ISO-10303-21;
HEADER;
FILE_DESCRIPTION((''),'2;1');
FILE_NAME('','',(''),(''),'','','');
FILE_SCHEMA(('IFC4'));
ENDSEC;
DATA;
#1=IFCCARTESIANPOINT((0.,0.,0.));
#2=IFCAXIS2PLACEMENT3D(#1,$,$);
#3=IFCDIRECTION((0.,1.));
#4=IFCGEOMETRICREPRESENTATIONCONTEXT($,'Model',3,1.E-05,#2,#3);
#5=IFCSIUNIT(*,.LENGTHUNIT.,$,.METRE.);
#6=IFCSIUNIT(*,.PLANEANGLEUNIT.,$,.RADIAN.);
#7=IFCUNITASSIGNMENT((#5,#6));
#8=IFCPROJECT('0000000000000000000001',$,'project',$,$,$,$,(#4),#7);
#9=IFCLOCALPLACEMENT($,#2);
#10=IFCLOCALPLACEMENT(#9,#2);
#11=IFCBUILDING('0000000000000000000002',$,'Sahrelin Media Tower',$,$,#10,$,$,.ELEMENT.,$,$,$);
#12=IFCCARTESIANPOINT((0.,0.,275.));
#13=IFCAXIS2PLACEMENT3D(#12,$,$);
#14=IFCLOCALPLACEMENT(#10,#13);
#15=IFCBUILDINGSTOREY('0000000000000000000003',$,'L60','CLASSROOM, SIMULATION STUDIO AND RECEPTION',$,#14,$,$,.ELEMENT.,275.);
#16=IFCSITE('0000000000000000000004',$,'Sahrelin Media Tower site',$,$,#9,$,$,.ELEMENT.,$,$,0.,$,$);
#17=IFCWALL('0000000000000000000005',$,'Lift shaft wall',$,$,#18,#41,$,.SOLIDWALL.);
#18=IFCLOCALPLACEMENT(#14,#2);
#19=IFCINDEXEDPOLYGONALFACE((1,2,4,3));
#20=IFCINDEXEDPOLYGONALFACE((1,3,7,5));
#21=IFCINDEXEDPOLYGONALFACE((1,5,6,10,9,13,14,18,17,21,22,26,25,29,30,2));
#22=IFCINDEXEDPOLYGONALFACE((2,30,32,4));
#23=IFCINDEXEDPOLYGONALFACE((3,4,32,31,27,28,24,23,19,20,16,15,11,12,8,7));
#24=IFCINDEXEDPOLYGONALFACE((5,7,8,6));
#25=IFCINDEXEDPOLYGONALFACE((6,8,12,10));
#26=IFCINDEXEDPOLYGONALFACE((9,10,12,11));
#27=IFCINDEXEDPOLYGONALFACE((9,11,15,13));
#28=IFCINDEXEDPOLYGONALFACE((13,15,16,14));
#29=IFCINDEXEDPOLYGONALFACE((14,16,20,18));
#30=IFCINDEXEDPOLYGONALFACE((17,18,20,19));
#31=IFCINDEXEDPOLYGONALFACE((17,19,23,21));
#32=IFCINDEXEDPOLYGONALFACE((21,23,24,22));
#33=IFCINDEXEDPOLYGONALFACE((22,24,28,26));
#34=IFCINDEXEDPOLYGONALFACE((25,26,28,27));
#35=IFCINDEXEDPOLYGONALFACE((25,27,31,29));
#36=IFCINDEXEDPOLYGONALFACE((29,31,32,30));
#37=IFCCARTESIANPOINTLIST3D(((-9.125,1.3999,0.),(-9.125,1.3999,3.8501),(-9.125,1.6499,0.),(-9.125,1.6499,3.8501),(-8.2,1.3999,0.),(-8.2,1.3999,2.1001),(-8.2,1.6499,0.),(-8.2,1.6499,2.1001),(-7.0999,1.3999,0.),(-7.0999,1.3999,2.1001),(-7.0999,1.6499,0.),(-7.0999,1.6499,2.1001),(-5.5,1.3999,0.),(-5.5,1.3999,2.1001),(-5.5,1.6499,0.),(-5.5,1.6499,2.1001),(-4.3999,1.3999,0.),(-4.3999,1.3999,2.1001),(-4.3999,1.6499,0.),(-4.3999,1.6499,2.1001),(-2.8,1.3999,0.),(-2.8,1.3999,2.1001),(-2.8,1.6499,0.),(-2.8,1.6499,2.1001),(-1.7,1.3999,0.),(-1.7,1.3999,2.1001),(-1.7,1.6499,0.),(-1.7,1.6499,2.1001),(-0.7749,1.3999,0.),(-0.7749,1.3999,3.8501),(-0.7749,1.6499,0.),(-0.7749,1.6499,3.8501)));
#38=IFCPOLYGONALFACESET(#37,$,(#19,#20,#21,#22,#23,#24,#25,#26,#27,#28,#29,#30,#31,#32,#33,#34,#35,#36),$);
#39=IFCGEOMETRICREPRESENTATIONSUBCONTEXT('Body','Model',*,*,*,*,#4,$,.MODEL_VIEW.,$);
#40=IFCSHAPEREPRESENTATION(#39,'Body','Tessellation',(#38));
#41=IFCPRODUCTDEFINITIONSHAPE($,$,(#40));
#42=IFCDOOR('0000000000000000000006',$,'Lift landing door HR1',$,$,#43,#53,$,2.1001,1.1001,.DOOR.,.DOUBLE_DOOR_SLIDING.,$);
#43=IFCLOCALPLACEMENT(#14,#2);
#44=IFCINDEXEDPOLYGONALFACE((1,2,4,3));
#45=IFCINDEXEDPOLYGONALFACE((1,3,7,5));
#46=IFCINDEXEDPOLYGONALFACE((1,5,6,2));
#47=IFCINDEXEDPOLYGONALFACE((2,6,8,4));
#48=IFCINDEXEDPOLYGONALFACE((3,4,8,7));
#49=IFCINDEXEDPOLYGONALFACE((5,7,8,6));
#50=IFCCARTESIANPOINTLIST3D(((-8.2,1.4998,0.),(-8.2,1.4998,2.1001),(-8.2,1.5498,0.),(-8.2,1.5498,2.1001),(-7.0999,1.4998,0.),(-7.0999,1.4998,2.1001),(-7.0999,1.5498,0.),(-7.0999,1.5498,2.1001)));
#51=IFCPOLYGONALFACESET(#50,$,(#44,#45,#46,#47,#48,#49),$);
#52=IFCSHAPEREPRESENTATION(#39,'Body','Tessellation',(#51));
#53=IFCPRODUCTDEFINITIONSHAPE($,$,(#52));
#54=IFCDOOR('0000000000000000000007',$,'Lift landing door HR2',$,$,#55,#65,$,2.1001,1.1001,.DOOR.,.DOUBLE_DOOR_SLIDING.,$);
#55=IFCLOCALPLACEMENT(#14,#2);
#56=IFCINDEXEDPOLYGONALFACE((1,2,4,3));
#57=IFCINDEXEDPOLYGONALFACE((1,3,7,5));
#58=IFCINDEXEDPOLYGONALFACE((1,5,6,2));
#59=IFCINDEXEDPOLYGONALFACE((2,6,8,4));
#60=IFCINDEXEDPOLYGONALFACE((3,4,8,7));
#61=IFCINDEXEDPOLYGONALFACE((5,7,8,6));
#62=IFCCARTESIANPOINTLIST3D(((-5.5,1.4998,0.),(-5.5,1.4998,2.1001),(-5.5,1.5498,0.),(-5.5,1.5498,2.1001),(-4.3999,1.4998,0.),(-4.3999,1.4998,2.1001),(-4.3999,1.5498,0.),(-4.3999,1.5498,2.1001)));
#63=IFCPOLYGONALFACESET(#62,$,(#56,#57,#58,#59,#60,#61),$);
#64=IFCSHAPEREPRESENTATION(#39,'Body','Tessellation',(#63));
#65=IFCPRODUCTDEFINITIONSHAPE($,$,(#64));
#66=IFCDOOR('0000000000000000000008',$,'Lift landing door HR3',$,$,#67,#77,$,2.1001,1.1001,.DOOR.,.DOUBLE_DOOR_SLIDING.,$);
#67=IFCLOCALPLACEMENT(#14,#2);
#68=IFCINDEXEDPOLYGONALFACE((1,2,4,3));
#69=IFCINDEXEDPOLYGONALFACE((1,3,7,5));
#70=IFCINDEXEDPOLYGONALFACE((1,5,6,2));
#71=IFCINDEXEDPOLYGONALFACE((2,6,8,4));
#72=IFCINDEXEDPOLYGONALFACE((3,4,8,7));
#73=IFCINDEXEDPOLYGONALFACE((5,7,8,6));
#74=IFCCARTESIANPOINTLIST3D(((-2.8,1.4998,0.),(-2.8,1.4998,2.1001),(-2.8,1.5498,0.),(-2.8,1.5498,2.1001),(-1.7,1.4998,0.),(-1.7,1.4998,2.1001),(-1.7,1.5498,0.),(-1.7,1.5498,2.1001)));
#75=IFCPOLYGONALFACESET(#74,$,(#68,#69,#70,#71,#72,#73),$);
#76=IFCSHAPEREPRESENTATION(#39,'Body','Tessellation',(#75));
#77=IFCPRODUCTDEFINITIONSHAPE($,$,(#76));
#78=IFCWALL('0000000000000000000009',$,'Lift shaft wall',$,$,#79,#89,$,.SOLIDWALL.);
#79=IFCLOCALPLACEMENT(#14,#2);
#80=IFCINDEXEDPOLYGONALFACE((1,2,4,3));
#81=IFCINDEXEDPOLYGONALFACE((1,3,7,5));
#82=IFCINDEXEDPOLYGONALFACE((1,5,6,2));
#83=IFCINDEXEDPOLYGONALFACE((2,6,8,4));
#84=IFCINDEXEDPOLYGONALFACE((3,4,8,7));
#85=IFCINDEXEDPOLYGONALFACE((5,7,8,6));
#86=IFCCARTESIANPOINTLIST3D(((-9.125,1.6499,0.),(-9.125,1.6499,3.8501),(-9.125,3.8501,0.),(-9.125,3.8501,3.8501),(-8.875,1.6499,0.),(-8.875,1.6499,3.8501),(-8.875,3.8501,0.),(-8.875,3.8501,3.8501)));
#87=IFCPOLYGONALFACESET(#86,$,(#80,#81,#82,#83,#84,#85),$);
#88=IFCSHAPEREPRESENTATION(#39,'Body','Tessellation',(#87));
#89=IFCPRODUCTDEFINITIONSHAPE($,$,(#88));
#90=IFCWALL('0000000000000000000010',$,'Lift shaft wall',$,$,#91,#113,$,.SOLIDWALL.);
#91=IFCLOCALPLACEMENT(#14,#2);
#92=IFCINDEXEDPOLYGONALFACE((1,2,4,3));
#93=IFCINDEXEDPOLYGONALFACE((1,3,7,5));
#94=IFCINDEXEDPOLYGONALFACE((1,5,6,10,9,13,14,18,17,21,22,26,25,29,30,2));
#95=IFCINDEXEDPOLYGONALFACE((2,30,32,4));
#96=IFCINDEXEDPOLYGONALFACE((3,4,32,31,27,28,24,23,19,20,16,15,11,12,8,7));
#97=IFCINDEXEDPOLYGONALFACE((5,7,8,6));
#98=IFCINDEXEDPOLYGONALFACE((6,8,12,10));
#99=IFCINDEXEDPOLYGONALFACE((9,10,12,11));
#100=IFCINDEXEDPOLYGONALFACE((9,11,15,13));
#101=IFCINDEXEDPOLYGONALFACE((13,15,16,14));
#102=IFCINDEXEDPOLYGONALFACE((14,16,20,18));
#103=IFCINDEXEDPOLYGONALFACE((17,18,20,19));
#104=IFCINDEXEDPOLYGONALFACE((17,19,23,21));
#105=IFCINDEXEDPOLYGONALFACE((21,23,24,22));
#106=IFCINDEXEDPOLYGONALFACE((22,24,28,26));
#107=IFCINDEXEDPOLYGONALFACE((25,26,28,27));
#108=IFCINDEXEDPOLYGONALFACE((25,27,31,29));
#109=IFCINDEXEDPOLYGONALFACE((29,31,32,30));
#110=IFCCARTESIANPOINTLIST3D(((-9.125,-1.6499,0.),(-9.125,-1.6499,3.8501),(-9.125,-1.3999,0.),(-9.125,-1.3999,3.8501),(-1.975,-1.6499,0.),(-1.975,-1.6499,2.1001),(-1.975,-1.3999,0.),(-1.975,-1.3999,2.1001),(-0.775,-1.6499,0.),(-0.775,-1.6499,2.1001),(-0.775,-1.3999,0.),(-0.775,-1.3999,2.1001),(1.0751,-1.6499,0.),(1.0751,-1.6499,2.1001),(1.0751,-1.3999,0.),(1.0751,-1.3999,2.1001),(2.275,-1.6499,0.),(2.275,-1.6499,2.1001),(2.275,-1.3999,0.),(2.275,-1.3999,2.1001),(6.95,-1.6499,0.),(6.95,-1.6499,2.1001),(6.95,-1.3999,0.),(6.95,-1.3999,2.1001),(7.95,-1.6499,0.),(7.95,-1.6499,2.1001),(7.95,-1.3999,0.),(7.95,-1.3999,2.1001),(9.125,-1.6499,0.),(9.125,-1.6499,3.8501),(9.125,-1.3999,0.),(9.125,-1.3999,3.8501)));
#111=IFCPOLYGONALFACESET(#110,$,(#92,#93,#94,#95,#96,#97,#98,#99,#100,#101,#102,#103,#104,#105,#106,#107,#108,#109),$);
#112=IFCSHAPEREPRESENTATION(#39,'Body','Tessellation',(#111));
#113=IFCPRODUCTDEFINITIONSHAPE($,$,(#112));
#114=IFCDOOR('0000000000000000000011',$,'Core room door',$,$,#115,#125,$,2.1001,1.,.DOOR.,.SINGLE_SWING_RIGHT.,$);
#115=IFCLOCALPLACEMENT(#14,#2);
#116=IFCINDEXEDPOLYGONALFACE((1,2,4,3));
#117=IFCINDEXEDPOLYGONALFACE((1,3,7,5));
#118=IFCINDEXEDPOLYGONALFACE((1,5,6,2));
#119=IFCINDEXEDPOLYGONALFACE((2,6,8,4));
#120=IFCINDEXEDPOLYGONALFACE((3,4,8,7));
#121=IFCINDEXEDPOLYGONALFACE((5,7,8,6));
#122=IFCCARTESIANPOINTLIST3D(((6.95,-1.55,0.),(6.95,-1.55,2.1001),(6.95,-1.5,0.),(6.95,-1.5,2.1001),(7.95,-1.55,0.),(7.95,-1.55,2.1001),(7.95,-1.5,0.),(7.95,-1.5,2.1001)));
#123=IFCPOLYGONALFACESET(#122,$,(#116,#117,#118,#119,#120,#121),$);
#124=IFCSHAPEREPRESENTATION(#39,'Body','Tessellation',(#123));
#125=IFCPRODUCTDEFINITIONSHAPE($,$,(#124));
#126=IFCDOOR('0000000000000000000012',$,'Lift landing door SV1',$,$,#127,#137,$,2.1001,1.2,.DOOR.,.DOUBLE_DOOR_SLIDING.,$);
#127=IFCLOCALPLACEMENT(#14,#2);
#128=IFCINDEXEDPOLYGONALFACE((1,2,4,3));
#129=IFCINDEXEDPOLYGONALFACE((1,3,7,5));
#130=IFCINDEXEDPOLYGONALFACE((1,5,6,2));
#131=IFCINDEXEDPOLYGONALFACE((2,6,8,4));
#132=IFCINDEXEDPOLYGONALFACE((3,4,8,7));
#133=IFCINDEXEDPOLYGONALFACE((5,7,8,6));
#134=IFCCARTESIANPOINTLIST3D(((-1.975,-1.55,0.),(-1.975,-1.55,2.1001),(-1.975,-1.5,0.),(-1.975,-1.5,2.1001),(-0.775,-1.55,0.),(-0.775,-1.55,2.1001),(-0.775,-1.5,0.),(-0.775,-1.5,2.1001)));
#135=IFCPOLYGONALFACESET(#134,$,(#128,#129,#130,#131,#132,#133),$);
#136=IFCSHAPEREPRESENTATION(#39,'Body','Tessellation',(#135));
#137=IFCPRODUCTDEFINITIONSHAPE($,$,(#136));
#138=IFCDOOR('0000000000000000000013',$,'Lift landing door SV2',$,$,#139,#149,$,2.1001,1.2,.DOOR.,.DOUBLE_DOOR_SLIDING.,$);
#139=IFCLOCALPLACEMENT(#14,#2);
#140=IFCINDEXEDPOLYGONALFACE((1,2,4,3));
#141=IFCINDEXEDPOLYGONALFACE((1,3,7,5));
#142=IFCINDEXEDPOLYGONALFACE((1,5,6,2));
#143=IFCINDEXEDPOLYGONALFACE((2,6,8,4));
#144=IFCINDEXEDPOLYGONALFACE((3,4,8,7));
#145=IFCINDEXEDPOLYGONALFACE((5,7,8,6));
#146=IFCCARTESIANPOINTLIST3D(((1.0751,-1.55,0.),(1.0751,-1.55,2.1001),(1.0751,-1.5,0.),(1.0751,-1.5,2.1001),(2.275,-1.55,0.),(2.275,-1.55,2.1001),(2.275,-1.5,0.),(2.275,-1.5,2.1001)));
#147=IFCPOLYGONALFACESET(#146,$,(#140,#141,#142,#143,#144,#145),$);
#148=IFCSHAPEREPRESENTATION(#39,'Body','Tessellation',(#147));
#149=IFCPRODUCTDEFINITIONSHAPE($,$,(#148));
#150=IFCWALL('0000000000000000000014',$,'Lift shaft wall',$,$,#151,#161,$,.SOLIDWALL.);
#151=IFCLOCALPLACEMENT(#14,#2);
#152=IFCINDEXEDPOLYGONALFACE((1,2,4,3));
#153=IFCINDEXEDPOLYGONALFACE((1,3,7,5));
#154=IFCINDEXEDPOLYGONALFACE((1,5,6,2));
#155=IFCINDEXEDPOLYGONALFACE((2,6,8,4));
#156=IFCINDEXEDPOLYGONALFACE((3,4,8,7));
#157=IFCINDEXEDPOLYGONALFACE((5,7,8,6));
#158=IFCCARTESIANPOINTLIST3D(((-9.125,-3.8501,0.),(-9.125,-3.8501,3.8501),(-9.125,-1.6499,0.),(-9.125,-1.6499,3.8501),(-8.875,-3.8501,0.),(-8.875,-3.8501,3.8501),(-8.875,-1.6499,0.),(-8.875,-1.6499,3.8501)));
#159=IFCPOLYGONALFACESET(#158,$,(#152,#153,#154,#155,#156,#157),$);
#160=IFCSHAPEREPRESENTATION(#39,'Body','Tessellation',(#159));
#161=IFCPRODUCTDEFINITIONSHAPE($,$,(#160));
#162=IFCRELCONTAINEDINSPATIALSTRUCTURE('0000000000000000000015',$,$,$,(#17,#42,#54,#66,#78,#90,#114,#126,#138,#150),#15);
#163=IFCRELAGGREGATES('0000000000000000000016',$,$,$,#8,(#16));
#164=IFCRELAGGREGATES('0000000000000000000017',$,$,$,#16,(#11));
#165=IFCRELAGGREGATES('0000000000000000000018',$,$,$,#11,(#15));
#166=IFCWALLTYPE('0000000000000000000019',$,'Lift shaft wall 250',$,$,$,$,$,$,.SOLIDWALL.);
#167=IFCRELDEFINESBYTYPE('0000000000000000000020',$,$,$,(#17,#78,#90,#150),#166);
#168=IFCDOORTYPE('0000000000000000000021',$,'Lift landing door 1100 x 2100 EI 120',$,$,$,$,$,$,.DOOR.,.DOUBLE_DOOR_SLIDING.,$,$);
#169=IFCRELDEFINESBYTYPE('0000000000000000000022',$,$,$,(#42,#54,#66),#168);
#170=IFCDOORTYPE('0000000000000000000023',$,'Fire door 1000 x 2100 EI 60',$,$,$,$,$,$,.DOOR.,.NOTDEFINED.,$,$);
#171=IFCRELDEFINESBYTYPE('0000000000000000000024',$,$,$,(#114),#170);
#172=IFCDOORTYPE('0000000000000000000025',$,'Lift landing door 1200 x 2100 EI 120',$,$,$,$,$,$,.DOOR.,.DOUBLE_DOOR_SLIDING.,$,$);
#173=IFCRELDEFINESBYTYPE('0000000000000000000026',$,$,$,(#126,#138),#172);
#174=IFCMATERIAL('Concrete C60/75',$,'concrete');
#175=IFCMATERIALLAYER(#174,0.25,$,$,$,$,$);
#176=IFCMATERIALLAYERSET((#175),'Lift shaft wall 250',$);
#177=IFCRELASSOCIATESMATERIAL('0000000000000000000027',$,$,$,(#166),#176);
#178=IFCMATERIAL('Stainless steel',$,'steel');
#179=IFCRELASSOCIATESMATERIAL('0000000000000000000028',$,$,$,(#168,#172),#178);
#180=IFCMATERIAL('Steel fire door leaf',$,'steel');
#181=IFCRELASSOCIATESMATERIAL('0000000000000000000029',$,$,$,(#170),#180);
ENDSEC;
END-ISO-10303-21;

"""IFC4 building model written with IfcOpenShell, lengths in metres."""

from ifc_helpers import new_model, si_unit, direction, frame, frame_2d, origin, place, context, subcontext, project, spatial, rectangle, extrude, material, layer, layer_set, type_object, element, fill, save


model = new_model("IFC4")

# Units and contexts
model_context = context("Model", 3, precision=1e-05, world=origin(), true_north=direction((0.0, 1.0)))
body_context = subcontext(model_context, "Body", "Model", "MODEL_VIEW")
ifc_project = project(units=[si_unit("LENGTHUNIT", "METRE"), si_unit("PLANEANGLEUNIT", "RADIAN")], contexts=[model_context])

# Site, building, storey
site_placement = place(None, origin())
site = spatial("IfcSite", under=ifc_project, at=site_placement, Name="Sahrelin Media Tower site", CompositionType="ELEMENT", RefElevation=0.0)
building_placement = place(site_placement, origin())
building = spatial("IfcBuilding", under=site, at=building_placement, Name="Sahrelin Media Tower", CompositionType="ELEMENT")
storey_placement = place(building_placement, frame((0.0, 0.0, 275.0)))
storey = spatial("IfcBuildingStorey", under=building, at=storey_placement, Name="L60", Description="CLASSROOM, SIMULATION STUDIO AND RECEPTION", CompositionType="ELEMENT", Elevation=275.0)

# Shared definitions
ifc_material_1 = material(Name="Concrete C60/75", Category="concrete")

# Wall, openings, doors
ifc_layer_1 = layer(ifc_material_1, 0.25)
ifc_layer_set_1 = layer_set([ifc_layer_1], Name="Lift shaft wall 250")
wall_type_1 = type_object("IfcWallType", Name="Lift shaft wall 250", PredefinedType="SOLIDWALL", material=ifc_layer_set_1)
wall_1_placement = place(storey_placement, frame((-9.125, 1.5249, 0.0), z_axis=(0.0, 0.0, 1.0), x_axis=(1.0, 0.0, 0.0)))
wall_1 = element("IfcWall", 1, at=wall_1_placement, inside=storey, type_object=wall_type_1, Name="Lift shaft wall", PredefinedType="SOLIDWALL", context=body_context, shape_type="SweptSolid", body=[
    extrude(rectangle(XDim=8.3501, YDim=0.25, at=frame_2d((4.175, 0.0))), origin(), (0.0, 0.0, 1.0), 3.8501),
])
opening_1_placement = place(wall_1_placement, frame((0.925, 0.0, 0.0)))
opening_1 = element("IfcOpeningElement", 2, at=opening_1_placement, cuts=wall_1, PredefinedType="OPENING", context=body_context, shape_type="SweptSolid", body=[
    extrude(rectangle(XDim=1.1001, YDim=2.1001, at=frame_2d((0.55, 1.05))), frame((0.0, 0.125, 0.0), z_axis=(0.0, -1.0, 0.0), x_axis=(1.0, 0.0, 0.0)), (0.0, 0.0, 1.0), 0.25),
])
opening_2_placement = place(wall_1_placement, frame((3.625, 0.0, 0.0)))
opening_2 = element("IfcOpeningElement", 3, at=opening_2_placement, cuts=wall_1, PredefinedType="OPENING", context=body_context, shape_type="SweptSolid", body=[
    extrude(rectangle(XDim=1.1001, YDim=2.1001, at=frame_2d((0.55, 1.05))), frame((0.0, 0.125, 0.0), z_axis=(0.0, -1.0, 0.0), x_axis=(1.0, 0.0, 0.0)), (0.0, 0.0, 1.0), 0.25),
])
opening_3_placement = place(wall_1_placement, frame((6.325, 0.0, 0.0)))
opening_3 = element("IfcOpeningElement", 4, at=opening_3_placement, cuts=wall_1, PredefinedType="OPENING", context=body_context, shape_type="SweptSolid", body=[
    extrude(rectangle(XDim=1.1001, YDim=2.1001, at=frame_2d((0.55, 1.05))), frame((0.0, 0.125, 0.0), z_axis=(0.0, -1.0, 0.0), x_axis=(1.0, 0.0, 0.0)), (0.0, 0.0, 1.0), 0.25),
])
ifc_material_2 = material(Name="Stainless steel", Category="steel")
door_type_1 = type_object("IfcDoorType", Name="Lift landing door 1100 x 2100 EI 120", OperationType="DOUBLE_DOOR_SLIDING", PredefinedType="DOOR", material=ifc_material_2)
door_1_placement = place(opening_1_placement, origin())
door_1 = element("IfcDoor", 5, at=door_1_placement, inside=storey, type_object=door_type_1, Name="Lift landing door HR1", OperationType="DOUBLE_DOOR_SLIDING", OverallHeight=2.1001, OverallWidth=1.1001, PredefinedType="DOOR", context=body_context, shape_type="SweptSolid", body=[
    extrude(rectangle(XDim=1.1001, YDim=2.1001, at=frame_2d((0.55, 1.05))), frame((0.0, 0.0249, 0.0), z_axis=(0.0, -1.0, 0.0), x_axis=(1.0, 0.0, 0.0)), (0.0, 0.0, 1.0), 0.05),
])
fill(opening_1, door_1)
door_2_placement = place(opening_2_placement, origin())
door_2 = element("IfcDoor", 6, at=door_2_placement, inside=storey, type_object=door_type_1, Name="Lift landing door HR2", OperationType="DOUBLE_DOOR_SLIDING", OverallHeight=2.1001, OverallWidth=1.1001, PredefinedType="DOOR", context=body_context, shape_type="SweptSolid", body=[
    extrude(rectangle(XDim=1.1001, YDim=2.1001, at=frame_2d((0.55, 1.05))), frame((0.0, 0.0249, 0.0), z_axis=(0.0, -1.0, 0.0), x_axis=(1.0, 0.0, 0.0)), (0.0, 0.0, 1.0), 0.05),
])
fill(opening_2, door_2)
door_3_placement = place(opening_3_placement, origin())
door_3 = element("IfcDoor", 7, at=door_3_placement, inside=storey, type_object=door_type_1, Name="Lift landing door HR3", OperationType="DOUBLE_DOOR_SLIDING", OverallHeight=2.1001, OverallWidth=1.1001, PredefinedType="DOOR", context=body_context, shape_type="SweptSolid", body=[
    extrude(rectangle(XDim=1.1001, YDim=2.1001, at=frame_2d((0.55, 1.05))), frame((0.0, 0.0249, 0.0), z_axis=(0.0, -1.0, 0.0), x_axis=(1.0, 0.0, 0.0)), (0.0, 0.0, 1.0), 0.05),
])
fill(opening_3, door_3)

# Wall
wall_2_placement = place(storey_placement, frame((-9.0, 1.6499, 0.0), z_axis=(0.0, 0.0, 1.0), x_axis=(0.0, 1.0, 0.0)))
element("IfcWall", 8, at=wall_2_placement, inside=storey, type_object=wall_type_1, Name="Lift shaft wall", PredefinedType="SOLIDWALL", context=body_context, shape_type="SweptSolid", body=[
    extrude(rectangle(XDim=2.2002, YDim=0.25, at=frame_2d((1.1001, 0.0))), origin(), (0.0, 0.0, 1.0), 3.8501),
])

# Wall, openings, doors
wall_3_placement = place(storey_placement, frame((-9.125, -1.5249, 0.0), z_axis=(0.0, 0.0, 1.0), x_axis=(1.0, 0.0, 0.0)))
wall_3 = element("IfcWall", 9, at=wall_3_placement, inside=storey, type_object=wall_type_1, Name="Lift shaft wall", PredefinedType="SOLIDWALL", context=body_context, shape_type="SweptSolid", body=[
    extrude(rectangle(XDim=18.25, YDim=0.25, at=frame_2d((9.125, 0.0))), origin(), (0.0, 0.0, 1.0), 3.8501),
])
opening_4_placement = place(wall_3_placement, frame((7.1499, 0.0, 0.0)))
opening_4 = element("IfcOpeningElement", 10, at=opening_4_placement, cuts=wall_3, PredefinedType="OPENING", context=body_context, shape_type="SweptSolid", body=[
    extrude(rectangle(XDim=1.2, YDim=2.1001, at=frame_2d((0.6001, 1.05))), frame((0.0, 0.125, 0.0), z_axis=(0.0, -1.0, 0.0), x_axis=(1.0, 0.0, 0.0)), (0.0, 0.0, 1.0), 0.25),
])
opening_5_placement = place(wall_3_placement, frame((10.2, 0.0, 0.0)))
opening_5 = element("IfcOpeningElement", 11, at=opening_5_placement, cuts=wall_3, PredefinedType="OPENING", context=body_context, shape_type="SweptSolid", body=[
    extrude(rectangle(XDim=1.2, YDim=2.1001, at=frame_2d((0.6001, 1.05))), frame((0.0, 0.125, 0.0), z_axis=(0.0, -1.0, 0.0), x_axis=(1.0, 0.0, 0.0)), (0.0, 0.0, 1.0), 0.25),
])
opening_6_placement = place(wall_3_placement, frame((16.075, 0.0, 0.0)))
opening_6 = element("IfcOpeningElement", 12, at=opening_6_placement, cuts=wall_3, PredefinedType="OPENING", context=body_context, shape_type="SweptSolid", body=[
    extrude(rectangle(XDim=1.0, YDim=2.1001, at=frame_2d((0.5, 1.05))), frame((0.0, 0.125, 0.0), z_axis=(0.0, -1.0, 0.0), x_axis=(1.0, 0.0, 0.0)), (0.0, 0.0, 1.0), 0.25),
])
ifc_material_3 = material(Name="Steel fire door leaf", Category="steel")
door_type_2 = type_object("IfcDoorType", Name="Fire door 1000 x 2100 EI 60", OperationType="NOTDEFINED", PredefinedType="DOOR", material=ifc_material_3)
door_4_placement = place(opening_6_placement, origin())
door_4 = element("IfcDoor", 13, at=door_4_placement, inside=storey, type_object=door_type_2, Name="Core room door", OperationType="SINGLE_SWING_RIGHT", OverallHeight=2.1001, OverallWidth=1.0, PredefinedType="DOOR", context=body_context, shape_type="SweptSolid", body=[
    extrude(rectangle(XDim=1.0, YDim=2.1001, at=frame_2d((0.5, 1.05))), frame((0.0, 0.0249, 0.0), z_axis=(0.0, -1.0, 0.0), x_axis=(1.0, 0.0, 0.0)), (0.0, 0.0, 1.0), 0.05),
])
fill(opening_6, door_4)
door_type_3 = type_object("IfcDoorType", Name="Lift landing door 1200 x 2100 EI 120", OperationType="DOUBLE_DOOR_SLIDING", PredefinedType="DOOR", material=ifc_material_2)
door_5_placement = place(opening_4_placement, origin())
door_5 = element("IfcDoor", 14, at=door_5_placement, inside=storey, type_object=door_type_3, Name="Lift landing door SV1", OperationType="DOUBLE_DOOR_SLIDING", OverallHeight=2.1001, OverallWidth=1.2, PredefinedType="DOOR", context=body_context, shape_type="SweptSolid", body=[
    extrude(rectangle(XDim=1.2, YDim=2.1001, at=frame_2d((0.6001, 1.05))), frame((0.0, 0.0249, 0.0), z_axis=(0.0, -1.0, 0.0), x_axis=(1.0, 0.0, 0.0)), (0.0, 0.0, 1.0), 0.05),
])
fill(opening_4, door_5)
door_6_placement = place(opening_5_placement, origin())
door_6 = element("IfcDoor", 15, at=door_6_placement, inside=storey, type_object=door_type_3, Name="Lift landing door SV2", OperationType="DOUBLE_DOOR_SLIDING", OverallHeight=2.1001, OverallWidth=1.2, PredefinedType="DOOR", context=body_context, shape_type="SweptSolid", body=[
    extrude(rectangle(XDim=1.2, YDim=2.1001, at=frame_2d((0.6001, 1.05))), frame((0.0, 0.0249, 0.0), z_axis=(0.0, -1.0, 0.0), x_axis=(1.0, 0.0, 0.0)), (0.0, 0.0, 1.0), 0.05),
])
fill(opening_5, door_6)

# Wall
for number, where, z_axis, x_axis, name in (
    (16, (-9.0, -3.8501, 0.0), (0.0, 0.0, 1.0), (0.0, 1.0, 0.0), "Lift shaft wall"),
):
    element("IfcWall", number, at=place(storey_placement, frame(where, z_axis=z_axis, x_axis=x_axis)), inside=storey, type_object=wall_type_1, Name=name, PredefinedType="SOLIDWALL", context=body_context, shape_type="SweptSolid", body=[
        extrude(rectangle(XDim=2.2002, YDim=0.25, at=frame_2d((1.1001, 0.0))), origin(), (0.0, 0.0, 1.0), 3.8501),
    ])

save(model, "model.ifc")
